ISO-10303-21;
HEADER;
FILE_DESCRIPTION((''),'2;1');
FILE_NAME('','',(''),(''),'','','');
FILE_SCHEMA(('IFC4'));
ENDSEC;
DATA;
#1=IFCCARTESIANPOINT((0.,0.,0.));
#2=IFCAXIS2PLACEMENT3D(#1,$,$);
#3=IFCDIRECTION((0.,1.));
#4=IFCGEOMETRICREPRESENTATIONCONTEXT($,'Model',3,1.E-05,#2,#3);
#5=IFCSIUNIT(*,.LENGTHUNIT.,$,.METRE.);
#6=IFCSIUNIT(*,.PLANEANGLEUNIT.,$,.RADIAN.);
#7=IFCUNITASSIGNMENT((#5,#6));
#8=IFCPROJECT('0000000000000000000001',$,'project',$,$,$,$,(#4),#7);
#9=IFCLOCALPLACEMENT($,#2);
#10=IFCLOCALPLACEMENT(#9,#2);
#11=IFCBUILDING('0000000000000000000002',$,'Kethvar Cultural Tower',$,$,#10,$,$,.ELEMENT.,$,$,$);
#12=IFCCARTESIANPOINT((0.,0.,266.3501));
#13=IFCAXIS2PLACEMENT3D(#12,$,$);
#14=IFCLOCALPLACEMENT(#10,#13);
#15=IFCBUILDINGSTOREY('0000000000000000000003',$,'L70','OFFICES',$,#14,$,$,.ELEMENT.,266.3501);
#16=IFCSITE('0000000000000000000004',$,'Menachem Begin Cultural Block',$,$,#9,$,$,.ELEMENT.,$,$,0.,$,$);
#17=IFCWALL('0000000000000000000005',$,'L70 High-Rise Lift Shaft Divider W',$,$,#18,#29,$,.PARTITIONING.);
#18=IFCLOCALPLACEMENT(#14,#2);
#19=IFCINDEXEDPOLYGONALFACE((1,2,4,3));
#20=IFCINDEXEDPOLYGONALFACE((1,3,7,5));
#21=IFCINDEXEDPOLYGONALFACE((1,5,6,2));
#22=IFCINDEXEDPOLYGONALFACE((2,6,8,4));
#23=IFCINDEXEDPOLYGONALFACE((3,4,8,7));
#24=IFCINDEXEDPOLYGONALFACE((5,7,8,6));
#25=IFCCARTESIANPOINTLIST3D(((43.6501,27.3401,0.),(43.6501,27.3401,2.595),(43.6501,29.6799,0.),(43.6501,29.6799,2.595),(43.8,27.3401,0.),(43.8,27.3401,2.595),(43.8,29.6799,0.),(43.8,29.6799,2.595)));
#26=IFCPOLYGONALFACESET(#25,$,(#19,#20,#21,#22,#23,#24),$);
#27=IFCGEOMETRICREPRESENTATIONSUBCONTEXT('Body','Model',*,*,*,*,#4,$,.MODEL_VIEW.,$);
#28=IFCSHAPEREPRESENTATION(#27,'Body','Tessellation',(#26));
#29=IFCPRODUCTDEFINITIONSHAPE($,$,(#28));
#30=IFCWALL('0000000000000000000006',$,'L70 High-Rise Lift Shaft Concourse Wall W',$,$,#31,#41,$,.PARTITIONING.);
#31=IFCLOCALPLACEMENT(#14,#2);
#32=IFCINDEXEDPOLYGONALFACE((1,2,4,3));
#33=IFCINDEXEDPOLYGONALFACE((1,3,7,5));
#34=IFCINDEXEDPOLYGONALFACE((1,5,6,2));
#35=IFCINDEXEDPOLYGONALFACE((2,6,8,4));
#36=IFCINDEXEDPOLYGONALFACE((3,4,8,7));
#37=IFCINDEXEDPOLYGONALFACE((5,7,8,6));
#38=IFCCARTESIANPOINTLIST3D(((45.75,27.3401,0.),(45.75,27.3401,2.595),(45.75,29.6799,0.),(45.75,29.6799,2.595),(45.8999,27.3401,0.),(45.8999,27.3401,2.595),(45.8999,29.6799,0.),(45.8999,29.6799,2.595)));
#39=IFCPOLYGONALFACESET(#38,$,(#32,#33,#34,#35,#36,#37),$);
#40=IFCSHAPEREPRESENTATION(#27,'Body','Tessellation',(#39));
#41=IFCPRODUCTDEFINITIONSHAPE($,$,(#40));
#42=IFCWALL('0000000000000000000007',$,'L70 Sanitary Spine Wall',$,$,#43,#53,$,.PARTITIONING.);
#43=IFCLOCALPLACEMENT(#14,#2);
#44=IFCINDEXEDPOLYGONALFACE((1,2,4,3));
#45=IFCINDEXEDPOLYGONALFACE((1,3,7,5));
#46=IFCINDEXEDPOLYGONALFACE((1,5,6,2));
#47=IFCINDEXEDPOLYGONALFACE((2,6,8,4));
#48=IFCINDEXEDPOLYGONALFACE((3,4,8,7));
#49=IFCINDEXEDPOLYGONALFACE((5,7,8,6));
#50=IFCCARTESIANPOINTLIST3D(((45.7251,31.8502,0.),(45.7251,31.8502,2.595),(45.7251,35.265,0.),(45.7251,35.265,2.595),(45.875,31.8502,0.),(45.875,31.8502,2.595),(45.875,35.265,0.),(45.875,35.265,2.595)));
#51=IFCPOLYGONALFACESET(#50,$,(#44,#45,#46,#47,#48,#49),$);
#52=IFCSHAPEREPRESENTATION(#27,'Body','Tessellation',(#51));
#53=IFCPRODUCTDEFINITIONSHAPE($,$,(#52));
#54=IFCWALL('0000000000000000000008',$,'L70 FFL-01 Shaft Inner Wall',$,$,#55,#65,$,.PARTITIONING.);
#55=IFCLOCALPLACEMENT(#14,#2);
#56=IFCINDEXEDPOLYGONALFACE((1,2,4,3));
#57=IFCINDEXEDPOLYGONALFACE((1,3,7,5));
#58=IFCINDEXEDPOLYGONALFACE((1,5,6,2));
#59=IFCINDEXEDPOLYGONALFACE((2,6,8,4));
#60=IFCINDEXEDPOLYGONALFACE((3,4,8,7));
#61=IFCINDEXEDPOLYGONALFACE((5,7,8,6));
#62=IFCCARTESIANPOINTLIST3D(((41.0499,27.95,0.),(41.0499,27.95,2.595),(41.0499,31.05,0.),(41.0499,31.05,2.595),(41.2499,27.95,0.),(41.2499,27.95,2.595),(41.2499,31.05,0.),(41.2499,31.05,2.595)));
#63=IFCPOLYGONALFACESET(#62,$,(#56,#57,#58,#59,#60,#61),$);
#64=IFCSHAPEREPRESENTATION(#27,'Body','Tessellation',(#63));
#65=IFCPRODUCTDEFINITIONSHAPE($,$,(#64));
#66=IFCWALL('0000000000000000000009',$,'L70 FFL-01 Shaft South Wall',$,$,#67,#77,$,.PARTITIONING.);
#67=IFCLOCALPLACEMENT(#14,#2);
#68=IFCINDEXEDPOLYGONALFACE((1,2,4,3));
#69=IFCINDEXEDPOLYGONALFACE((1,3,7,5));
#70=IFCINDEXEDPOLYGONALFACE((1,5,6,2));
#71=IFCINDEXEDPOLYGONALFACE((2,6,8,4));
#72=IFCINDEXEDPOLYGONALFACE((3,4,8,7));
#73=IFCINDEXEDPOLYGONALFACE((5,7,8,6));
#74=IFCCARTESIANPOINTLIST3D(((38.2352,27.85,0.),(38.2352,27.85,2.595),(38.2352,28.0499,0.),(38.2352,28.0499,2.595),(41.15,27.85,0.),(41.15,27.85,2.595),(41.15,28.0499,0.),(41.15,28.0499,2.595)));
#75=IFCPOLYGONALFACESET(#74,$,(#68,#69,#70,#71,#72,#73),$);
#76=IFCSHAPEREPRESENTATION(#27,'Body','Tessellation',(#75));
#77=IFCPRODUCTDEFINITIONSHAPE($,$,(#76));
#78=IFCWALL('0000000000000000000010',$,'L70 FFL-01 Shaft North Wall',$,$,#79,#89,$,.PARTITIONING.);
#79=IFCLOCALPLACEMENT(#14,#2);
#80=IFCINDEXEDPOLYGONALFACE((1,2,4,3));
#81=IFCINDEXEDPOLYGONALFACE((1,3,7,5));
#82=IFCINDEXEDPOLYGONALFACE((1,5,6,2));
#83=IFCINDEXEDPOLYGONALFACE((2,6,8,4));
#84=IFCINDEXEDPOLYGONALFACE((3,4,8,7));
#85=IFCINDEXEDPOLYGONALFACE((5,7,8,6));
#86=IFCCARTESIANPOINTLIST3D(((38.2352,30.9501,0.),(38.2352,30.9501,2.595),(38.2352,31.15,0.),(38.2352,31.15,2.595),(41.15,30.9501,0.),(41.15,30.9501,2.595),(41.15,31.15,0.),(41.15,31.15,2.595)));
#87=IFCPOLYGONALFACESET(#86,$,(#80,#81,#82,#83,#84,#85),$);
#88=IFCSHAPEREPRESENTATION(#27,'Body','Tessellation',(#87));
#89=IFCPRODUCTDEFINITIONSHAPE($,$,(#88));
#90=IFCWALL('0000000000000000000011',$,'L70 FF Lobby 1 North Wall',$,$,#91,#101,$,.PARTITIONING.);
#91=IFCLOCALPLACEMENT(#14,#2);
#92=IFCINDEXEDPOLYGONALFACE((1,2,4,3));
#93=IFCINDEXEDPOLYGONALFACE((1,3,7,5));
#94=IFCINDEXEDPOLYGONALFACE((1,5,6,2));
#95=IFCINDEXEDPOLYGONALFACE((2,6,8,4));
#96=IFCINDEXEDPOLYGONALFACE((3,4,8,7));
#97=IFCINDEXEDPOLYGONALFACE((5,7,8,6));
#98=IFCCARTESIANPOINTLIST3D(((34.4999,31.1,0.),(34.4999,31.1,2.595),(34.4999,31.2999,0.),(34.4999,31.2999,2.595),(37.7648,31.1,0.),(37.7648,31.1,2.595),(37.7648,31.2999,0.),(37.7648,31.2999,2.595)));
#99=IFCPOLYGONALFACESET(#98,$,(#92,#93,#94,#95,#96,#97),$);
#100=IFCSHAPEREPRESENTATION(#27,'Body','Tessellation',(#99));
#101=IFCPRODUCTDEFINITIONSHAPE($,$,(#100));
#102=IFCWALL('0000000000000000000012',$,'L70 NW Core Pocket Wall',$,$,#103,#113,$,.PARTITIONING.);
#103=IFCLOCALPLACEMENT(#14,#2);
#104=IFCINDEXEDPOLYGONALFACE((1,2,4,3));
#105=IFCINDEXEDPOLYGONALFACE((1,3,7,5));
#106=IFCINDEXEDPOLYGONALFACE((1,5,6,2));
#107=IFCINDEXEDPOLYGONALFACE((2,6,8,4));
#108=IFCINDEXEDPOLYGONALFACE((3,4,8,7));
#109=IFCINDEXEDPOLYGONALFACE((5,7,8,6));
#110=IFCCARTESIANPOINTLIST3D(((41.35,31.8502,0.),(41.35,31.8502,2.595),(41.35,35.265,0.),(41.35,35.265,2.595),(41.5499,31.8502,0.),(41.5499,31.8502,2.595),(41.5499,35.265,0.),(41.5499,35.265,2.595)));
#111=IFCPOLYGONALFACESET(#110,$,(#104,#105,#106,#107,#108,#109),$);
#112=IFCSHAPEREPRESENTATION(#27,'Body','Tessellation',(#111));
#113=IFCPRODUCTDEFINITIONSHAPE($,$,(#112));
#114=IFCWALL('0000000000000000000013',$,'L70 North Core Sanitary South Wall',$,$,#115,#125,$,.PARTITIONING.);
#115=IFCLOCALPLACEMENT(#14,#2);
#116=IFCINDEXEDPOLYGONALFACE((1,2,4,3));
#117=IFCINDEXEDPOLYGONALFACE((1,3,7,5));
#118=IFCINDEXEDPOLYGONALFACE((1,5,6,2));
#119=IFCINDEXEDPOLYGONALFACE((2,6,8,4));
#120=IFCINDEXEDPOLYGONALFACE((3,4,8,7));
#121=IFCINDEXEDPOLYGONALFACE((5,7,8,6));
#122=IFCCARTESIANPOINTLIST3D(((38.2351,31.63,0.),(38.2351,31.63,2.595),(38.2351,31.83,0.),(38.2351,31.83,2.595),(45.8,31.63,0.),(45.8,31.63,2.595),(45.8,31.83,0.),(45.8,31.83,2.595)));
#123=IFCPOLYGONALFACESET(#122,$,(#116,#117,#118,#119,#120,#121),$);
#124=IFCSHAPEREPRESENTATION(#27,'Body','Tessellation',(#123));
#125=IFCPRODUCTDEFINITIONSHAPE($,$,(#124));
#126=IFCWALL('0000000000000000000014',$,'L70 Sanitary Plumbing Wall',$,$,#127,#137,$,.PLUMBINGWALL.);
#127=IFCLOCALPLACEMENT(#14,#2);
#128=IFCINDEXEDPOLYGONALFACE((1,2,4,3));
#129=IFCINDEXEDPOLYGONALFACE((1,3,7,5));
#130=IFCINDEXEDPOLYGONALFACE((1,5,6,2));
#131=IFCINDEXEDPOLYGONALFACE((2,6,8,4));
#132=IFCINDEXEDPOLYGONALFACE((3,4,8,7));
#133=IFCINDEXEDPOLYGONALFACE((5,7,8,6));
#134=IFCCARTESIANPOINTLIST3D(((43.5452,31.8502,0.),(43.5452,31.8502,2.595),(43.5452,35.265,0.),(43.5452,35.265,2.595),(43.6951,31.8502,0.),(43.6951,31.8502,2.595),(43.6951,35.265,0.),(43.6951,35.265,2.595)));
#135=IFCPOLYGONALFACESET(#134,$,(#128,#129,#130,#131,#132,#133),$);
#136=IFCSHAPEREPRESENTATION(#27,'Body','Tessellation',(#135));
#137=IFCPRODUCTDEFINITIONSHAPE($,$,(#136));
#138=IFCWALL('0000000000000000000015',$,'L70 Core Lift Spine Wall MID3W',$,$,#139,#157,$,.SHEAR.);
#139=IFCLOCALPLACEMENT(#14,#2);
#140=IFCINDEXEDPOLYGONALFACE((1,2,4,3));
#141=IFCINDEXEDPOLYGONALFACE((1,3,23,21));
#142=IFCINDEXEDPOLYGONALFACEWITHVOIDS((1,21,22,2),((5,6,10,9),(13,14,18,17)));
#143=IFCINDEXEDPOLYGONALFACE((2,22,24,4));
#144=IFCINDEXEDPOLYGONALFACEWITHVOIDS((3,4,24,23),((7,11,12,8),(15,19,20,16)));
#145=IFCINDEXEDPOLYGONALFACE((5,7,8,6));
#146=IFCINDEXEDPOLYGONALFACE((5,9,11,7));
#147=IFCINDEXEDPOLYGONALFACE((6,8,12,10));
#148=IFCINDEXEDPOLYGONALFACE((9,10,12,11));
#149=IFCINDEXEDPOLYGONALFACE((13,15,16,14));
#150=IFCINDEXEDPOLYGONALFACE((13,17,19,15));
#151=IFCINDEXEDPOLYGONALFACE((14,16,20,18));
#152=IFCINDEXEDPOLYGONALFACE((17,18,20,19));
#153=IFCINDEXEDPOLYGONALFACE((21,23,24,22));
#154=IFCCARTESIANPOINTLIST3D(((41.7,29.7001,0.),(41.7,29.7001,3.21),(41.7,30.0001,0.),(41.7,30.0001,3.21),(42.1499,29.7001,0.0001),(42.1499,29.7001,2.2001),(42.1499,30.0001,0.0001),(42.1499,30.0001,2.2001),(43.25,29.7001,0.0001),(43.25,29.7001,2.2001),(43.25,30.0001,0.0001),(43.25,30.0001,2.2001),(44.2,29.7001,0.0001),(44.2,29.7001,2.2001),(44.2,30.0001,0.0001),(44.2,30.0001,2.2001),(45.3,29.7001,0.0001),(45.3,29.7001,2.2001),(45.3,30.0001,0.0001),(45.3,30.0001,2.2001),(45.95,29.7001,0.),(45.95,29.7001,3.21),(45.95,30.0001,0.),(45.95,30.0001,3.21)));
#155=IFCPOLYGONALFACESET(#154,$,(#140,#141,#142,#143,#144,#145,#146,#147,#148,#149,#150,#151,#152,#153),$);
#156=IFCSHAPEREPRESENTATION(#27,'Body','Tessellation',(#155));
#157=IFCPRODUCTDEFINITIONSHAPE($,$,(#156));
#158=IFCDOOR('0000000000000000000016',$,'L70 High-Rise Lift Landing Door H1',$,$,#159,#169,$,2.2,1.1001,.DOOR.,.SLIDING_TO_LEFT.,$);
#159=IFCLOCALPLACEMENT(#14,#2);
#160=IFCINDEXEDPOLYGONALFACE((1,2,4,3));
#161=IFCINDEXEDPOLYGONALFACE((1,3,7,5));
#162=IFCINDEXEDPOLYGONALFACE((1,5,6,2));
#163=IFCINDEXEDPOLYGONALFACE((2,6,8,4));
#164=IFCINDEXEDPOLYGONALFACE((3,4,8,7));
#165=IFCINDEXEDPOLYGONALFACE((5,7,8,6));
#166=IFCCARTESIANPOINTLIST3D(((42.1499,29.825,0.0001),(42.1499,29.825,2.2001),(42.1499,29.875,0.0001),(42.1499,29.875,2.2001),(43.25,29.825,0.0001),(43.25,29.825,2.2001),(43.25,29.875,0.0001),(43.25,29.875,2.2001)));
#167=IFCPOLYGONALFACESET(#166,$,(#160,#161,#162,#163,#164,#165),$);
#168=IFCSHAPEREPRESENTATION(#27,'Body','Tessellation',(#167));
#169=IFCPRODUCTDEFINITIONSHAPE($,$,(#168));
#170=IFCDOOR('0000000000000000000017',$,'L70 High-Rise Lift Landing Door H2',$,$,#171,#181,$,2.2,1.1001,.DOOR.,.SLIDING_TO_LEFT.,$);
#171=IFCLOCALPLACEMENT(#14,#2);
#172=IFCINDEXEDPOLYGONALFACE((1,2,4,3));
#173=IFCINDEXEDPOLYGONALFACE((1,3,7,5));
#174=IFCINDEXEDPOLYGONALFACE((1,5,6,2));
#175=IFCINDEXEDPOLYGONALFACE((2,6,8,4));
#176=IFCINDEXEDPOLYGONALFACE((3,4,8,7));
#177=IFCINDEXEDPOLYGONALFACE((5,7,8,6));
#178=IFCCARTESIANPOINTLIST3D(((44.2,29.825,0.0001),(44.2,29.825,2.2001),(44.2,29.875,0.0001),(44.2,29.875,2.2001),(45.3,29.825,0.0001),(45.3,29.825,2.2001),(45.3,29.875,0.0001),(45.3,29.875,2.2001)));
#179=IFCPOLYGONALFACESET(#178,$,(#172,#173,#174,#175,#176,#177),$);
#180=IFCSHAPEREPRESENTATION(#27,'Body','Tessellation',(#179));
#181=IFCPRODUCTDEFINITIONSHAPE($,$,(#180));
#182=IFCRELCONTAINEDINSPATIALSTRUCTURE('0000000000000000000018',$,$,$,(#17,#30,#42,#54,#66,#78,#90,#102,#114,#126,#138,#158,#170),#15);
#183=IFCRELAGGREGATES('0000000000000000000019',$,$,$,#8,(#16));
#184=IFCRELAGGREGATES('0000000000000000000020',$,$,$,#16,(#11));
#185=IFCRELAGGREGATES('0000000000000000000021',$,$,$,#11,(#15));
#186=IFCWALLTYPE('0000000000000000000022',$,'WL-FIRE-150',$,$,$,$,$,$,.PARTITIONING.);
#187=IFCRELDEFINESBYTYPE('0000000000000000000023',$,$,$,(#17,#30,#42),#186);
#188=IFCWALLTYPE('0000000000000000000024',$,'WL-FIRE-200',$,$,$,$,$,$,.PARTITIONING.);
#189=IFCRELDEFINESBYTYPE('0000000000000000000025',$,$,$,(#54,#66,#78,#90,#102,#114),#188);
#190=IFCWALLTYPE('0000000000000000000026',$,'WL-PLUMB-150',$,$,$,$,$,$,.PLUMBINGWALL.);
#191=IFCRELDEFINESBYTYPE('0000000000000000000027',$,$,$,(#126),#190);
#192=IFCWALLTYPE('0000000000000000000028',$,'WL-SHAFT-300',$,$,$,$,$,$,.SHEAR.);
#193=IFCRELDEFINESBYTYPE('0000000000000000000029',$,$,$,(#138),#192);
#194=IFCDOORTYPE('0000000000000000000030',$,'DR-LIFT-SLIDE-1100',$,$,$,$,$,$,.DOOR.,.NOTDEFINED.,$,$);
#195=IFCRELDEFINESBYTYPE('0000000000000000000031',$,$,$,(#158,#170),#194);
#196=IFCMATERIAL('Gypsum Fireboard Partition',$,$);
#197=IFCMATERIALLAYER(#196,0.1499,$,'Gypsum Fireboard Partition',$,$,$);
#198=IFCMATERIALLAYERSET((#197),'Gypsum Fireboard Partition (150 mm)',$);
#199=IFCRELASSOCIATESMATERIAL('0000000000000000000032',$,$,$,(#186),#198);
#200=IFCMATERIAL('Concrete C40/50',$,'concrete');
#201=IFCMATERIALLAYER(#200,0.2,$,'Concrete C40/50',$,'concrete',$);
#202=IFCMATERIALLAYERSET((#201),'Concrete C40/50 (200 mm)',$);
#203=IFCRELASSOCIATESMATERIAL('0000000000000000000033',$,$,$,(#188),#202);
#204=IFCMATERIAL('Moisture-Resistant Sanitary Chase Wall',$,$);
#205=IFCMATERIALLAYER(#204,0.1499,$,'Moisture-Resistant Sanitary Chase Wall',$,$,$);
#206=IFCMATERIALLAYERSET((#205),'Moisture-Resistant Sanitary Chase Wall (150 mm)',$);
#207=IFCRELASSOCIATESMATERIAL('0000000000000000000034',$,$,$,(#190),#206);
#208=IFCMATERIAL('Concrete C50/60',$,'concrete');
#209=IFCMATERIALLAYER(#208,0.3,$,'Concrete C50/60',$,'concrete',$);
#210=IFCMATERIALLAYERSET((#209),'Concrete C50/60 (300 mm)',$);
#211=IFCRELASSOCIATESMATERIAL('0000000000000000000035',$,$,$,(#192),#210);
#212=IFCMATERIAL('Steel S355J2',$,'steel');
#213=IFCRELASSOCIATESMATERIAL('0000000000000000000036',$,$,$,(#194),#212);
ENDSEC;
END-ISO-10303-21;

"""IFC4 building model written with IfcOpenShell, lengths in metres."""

from ifc_helpers import new_model, si_unit, direction, frame, frame_2d, origin, place, context, subcontext, project, spatial, rectangle, extrude, source, transform, mapped, material, layer, layer_set, type_object, element, fill, save


model = new_model("IFC4")

# Units and contexts
model_context = context("Model", 3, precision=1e-05, world=origin(), true_north=direction((0.0, 1.0)))
body_context = subcontext(model_context, "Body", "Model", "MODEL_VIEW")
ifc_project = project(units=[si_unit("LENGTHUNIT", "METRE"), si_unit("PLANEANGLEUNIT", "RADIAN")], contexts=[model_context])

# Site, building, storey
site_placement = place(None, origin())
site = spatial("IfcSite", under=ifc_project, at=site_placement, Name="Menachem Begin Cultural Block", CompositionType="ELEMENT", RefElevation=0.0)
building_placement = place(site_placement, origin())
building = spatial("IfcBuilding", under=site, at=building_placement, Name="Kethvar Cultural Tower", CompositionType="ELEMENT")
storey_placement = place(building_placement, frame((0.0, 0.0, 266.3501)))
storey = spatial("IfcBuildingStorey", under=building, at=storey_placement, Name="L70", Description="OFFICES", CompositionType="ELEMENT", Elevation=266.3501)

# Shared definitions
ifc_material_1 = material(Name="Steel S355J2", Category="steel")

# Walls
ifc_material_2 = material(Name="Gypsum Fireboard Partition")
ifc_layer_1 = layer(ifc_material_2, 0.1499, Name="Gypsum Fireboard Partition")
ifc_layer_set_1 = layer_set([ifc_layer_1], Name="Gypsum Fireboard Partition (150 mm)")
wall_type_1 = type_object("IfcWallType", Name="WL-FIRE-150", PredefinedType="PARTITIONING", material=ifc_layer_set_1)
for number, where, z_axis, x_axis, name in (
    (1, (43.7251, 27.3401, 0.0), (0.0, 0.0, 1.0), (0.0, 1.0, 0.0), "L70 High-Rise Lift Shaft Divider W"),
    (2, (45.825, 27.3401, 0.0), (0.0, 0.0, 1.0), (0.0, 1.0, 0.0), "L70 High-Rise Lift Shaft Concourse Wall W"),
):
    element("IfcWall", number, at=place(storey_placement, frame(where, z_axis=z_axis, x_axis=x_axis)), inside=storey, type_object=wall_type_1, Name=name, PredefinedType="PARTITIONING", context=body_context, shape_type="SweptSolid", body=[
        extrude(rectangle(XDim=2.3398, YDim=0.1499, at=frame_2d((1.1699, 0.0))), origin(), (0.0, 0.0, 1.0), 2.595),
    ])
wall_1_placement = place(storey_placement, frame((45.8, 31.8501, 0.0), z_axis=(0.0, 0.0, 1.0), x_axis=(0.0, 1.0, 0.0)))
element("IfcWall", 3, at=wall_1_placement, inside=storey, type_object=wall_type_1, Name="L70 Sanitary Spine Wall", PredefinedType="PARTITIONING", context=body_context, shape_type="SweptSolid", body=[
    extrude(rectangle(XDim=3.4148, YDim=0.1499, at=frame_2d((1.7075, 0.0))), origin(), (0.0, 0.0, 1.0), 2.595),
])
ifc_material_3 = material(Name="Concrete C40/50", Category="concrete")
ifc_layer_2 = layer(ifc_material_3, 0.2, Name="Concrete C40/50", Category="concrete")
ifc_layer_set_2 = layer_set([ifc_layer_2], Name="Concrete C40/50 (200 mm)")
wall_type_2 = type_object("IfcWallType", Name="WL-FIRE-200", PredefinedType="PARTITIONING", material=ifc_layer_set_2)
wall_2_placement = place(storey_placement, frame((41.1499, 27.95, 0.0), z_axis=(0.0, 0.0, 1.0), x_axis=(0.0, 1.0, 0.0)))
element("IfcWall", 4, at=wall_2_placement, inside=storey, type_object=wall_type_2, Name="L70 FFL-01 Shaft Inner Wall", PredefinedType="PARTITIONING", context=body_context, shape_type="SweptSolid", body=[
    extrude(rectangle(XDim=3.1001, YDim=0.2, at=frame_2d((1.55, 0.0))), origin(), (0.0, 0.0, 1.0), 2.595),
])
for number, where, z_axis, x_axis, name in (
    (5, (38.2351, 27.95, 0.0), (0.0, 0.0, 1.0), (1.0, 0.0, 0.0), "L70 FFL-01 Shaft South Wall"),
    (6, (38.2351, 31.05, 0.0), (0.0, 0.0, 1.0), (1.0, 0.0, 0.0), "L70 FFL-01 Shaft North Wall"),
):
    element("IfcWall", number, at=place(storey_placement, frame(where, z_axis=z_axis, x_axis=x_axis)), inside=storey, type_object=wall_type_2, Name=name, PredefinedType="PARTITIONING", context=body_context, shape_type="SweptSolid", body=[
        extrude(rectangle(XDim=2.9148, YDim=0.2, at=frame_2d((1.4575, 0.0))), origin(), (0.0, 0.0, 1.0), 2.595),
    ])

# Walls
wall_3_placement = place(storey_placement, frame((34.5, 31.2, 0.0), z_axis=(0.0, 0.0, 1.0), x_axis=(1.0, 0.0, 0.0)))
element("IfcWall", 7, at=wall_3_placement, inside=storey, type_object=wall_type_2, Name="L70 FF Lobby 1 North Wall", PredefinedType="PARTITIONING", context=body_context, shape_type="SweptSolid", body=[
    extrude(rectangle(XDim=3.2649, YDim=0.2, at=frame_2d((1.6323, 0.0))), origin(), (0.0, 0.0, 1.0), 2.595),
])
wall_4_placement = place(storey_placement, frame((41.45, 31.8501, 0.0), z_axis=(0.0, 0.0, 1.0), x_axis=(0.0, 1.0, 0.0)))
element("IfcWall", 8, at=wall_4_placement, inside=storey, type_object=wall_type_2, Name="L70 NW Core Pocket Wall", PredefinedType="PARTITIONING", context=body_context, shape_type="SweptSolid", body=[
    extrude(rectangle(XDim=3.4148, YDim=0.2, at=frame_2d((1.7075, 0.0))), origin(), (0.0, 0.0, 1.0), 2.595),
])
wall_5_placement = place(storey_placement, frame((38.2351, 31.73, 0.0), z_axis=(0.0, 0.0, 1.0), x_axis=(1.0, 0.0, 0.0)))
element("IfcWall", 9, at=wall_5_placement, inside=storey, type_object=wall_type_2, Name="L70 North Core Sanitary South Wall", PredefinedType="PARTITIONING", context=body_context, shape_type="SweptSolid", body=[
    extrude(rectangle(XDim=7.5649, YDim=0.2, at=frame_2d((3.7825, 0.0))), origin(), (0.0, 0.0, 1.0), 2.595),
])
ifc_material_4 = material(Name="Moisture-Resistant Sanitary Chase Wall")
ifc_layer_3 = layer(ifc_material_4, 0.1499, Name="Moisture-Resistant Sanitary Chase Wall")
ifc_layer_set_3 = layer_set([ifc_layer_3], Name="Moisture-Resistant Sanitary Chase Wall (150 mm)")
wall_type_3 = type_object("IfcWallType", Name="WL-PLUMB-150", PredefinedType="PLUMBINGWALL", material=ifc_layer_set_3)
wall_6_placement = place(storey_placement, frame((43.6201, 31.8501, 0.0), z_axis=(0.0, 0.0, 1.0), x_axis=(0.0, 1.0, 0.0)))
element("IfcWall", 10, at=wall_6_placement, inside=storey, type_object=wall_type_3, Name="L70 Sanitary Plumbing Wall", PredefinedType="PLUMBINGWALL", context=body_context, shape_type="SweptSolid", body=[
    extrude(rectangle(XDim=3.4148, YDim=0.1499, at=frame_2d((1.7075, 0.0))), origin(), (0.0, 0.0, 1.0), 2.595),
])

# Wall, openings, doors
ifc_material_5 = material(Name="Concrete C50/60", Category="concrete")
ifc_layer_4 = layer(ifc_material_5, 0.3, Name="Concrete C50/60", Category="concrete")
ifc_layer_set_4 = layer_set([ifc_layer_4], Name="Concrete C50/60 (300 mm)")
wall_type_4 = type_object("IfcWallType", Name="WL-SHAFT-300", PredefinedType="SHEAR", material=ifc_layer_set_4)
wall_7_placement = place(storey_placement, frame((41.7, 29.8501, 0.0), z_axis=(0.0, 0.0, 1.0), x_axis=(1.0, 0.0, 0.0)))
wall_7 = element("IfcWall", 11, at=wall_7_placement, inside=storey, type_object=wall_type_4, Name="L70 Core Lift Spine Wall MID3W", PredefinedType="SHEAR", context=body_context, shape_type="SweptSolid", body=[
    extrude(rectangle(XDim=4.25, YDim=0.3, at=frame_2d((2.125, 0.0))), origin(), (0.0, 0.0, 1.0), 3.21),
])
opening_1_placement = place(wall_7_placement, frame((0.45, 0.0, 0.0)))
opening_1 = element("IfcOpeningElement", 12, at=opening_1_placement, cuts=wall_7, PredefinedType="OPENING", context=body_context, shape_type="SweptSolid", body=[
    extrude(rectangle(XDim=1.1001, YDim=2.2, at=frame_2d((0.55, 1.1001))), frame((0.0, 0.1599, 0.0), z_axis=(0.0, -1.0, 0.0), x_axis=(1.0, 0.0, 0.0)), (0.0, 0.0, 1.0), 0.3201),
])
opening_2_placement = place(wall_7_placement, frame((2.5, 0.0, 0.0)))
opening_2 = element("IfcOpeningElement", 13, at=opening_2_placement, cuts=wall_7, PredefinedType="OPENING", context=body_context, shape_type="SweptSolid", body=[
    extrude(rectangle(XDim=1.1001, YDim=2.2, at=frame_2d((0.55, 1.1001))), frame((0.0, 0.1599, 0.0), z_axis=(0.0, -1.0, 0.0), x_axis=(1.0, 0.0, 0.0)), (0.0, 0.0, 1.0), 0.3201),
])
door_type_1 = type_object("IfcDoorType", Name="DR-LIFT-SLIDE-1100", OperationType="NOTDEFINED", PredefinedType="DOOR", material=ifc_material_1)
shared_shape_1 = source(origin(), body_context, "Body", "SweptSolid", [
    extrude(rectangle(XDim=1.1001, YDim=2.2, at=frame_2d((0.55, 1.1001))), frame((0.0, 0.0249, 0.0), z_axis=(0.0, -1.0, 0.0), x_axis=(1.0, 0.0, 0.0)), (0.0, 0.0, 1.0), 0.05),
])
door_1_placement = place(opening_1_placement, origin())
door_1 = element("IfcDoor", 14, at=door_1_placement, inside=storey, type_object=door_type_1, Name="L70 High-Rise Lift Landing Door H1", OperationType="SLIDING_TO_LEFT", OverallHeight=2.2, OverallWidth=1.1001, PredefinedType="DOOR", context=body_context, shape_type="MappedRepresentation", body=[
    mapped(shared_shape_1, transform((0.0, 0.0, 0.0), scale=1.0)),
])
fill(opening_1, door_1)
door_2_placement = place(opening_2_placement, origin())
door_2 = element("IfcDoor", 15, at=door_2_placement, inside=storey, type_object=door_type_1, Name="L70 High-Rise Lift Landing Door H2", OperationType="SLIDING_TO_LEFT", OverallHeight=2.2, OverallWidth=1.1001, PredefinedType="DOOR", context=body_context, shape_type="MappedRepresentation", body=[
    mapped(shared_shape_1, transform((0.0, 0.0, 0.0), scale=1.0)),
])
fill(opening_2, door_2)

save(model, "model.ifc")
